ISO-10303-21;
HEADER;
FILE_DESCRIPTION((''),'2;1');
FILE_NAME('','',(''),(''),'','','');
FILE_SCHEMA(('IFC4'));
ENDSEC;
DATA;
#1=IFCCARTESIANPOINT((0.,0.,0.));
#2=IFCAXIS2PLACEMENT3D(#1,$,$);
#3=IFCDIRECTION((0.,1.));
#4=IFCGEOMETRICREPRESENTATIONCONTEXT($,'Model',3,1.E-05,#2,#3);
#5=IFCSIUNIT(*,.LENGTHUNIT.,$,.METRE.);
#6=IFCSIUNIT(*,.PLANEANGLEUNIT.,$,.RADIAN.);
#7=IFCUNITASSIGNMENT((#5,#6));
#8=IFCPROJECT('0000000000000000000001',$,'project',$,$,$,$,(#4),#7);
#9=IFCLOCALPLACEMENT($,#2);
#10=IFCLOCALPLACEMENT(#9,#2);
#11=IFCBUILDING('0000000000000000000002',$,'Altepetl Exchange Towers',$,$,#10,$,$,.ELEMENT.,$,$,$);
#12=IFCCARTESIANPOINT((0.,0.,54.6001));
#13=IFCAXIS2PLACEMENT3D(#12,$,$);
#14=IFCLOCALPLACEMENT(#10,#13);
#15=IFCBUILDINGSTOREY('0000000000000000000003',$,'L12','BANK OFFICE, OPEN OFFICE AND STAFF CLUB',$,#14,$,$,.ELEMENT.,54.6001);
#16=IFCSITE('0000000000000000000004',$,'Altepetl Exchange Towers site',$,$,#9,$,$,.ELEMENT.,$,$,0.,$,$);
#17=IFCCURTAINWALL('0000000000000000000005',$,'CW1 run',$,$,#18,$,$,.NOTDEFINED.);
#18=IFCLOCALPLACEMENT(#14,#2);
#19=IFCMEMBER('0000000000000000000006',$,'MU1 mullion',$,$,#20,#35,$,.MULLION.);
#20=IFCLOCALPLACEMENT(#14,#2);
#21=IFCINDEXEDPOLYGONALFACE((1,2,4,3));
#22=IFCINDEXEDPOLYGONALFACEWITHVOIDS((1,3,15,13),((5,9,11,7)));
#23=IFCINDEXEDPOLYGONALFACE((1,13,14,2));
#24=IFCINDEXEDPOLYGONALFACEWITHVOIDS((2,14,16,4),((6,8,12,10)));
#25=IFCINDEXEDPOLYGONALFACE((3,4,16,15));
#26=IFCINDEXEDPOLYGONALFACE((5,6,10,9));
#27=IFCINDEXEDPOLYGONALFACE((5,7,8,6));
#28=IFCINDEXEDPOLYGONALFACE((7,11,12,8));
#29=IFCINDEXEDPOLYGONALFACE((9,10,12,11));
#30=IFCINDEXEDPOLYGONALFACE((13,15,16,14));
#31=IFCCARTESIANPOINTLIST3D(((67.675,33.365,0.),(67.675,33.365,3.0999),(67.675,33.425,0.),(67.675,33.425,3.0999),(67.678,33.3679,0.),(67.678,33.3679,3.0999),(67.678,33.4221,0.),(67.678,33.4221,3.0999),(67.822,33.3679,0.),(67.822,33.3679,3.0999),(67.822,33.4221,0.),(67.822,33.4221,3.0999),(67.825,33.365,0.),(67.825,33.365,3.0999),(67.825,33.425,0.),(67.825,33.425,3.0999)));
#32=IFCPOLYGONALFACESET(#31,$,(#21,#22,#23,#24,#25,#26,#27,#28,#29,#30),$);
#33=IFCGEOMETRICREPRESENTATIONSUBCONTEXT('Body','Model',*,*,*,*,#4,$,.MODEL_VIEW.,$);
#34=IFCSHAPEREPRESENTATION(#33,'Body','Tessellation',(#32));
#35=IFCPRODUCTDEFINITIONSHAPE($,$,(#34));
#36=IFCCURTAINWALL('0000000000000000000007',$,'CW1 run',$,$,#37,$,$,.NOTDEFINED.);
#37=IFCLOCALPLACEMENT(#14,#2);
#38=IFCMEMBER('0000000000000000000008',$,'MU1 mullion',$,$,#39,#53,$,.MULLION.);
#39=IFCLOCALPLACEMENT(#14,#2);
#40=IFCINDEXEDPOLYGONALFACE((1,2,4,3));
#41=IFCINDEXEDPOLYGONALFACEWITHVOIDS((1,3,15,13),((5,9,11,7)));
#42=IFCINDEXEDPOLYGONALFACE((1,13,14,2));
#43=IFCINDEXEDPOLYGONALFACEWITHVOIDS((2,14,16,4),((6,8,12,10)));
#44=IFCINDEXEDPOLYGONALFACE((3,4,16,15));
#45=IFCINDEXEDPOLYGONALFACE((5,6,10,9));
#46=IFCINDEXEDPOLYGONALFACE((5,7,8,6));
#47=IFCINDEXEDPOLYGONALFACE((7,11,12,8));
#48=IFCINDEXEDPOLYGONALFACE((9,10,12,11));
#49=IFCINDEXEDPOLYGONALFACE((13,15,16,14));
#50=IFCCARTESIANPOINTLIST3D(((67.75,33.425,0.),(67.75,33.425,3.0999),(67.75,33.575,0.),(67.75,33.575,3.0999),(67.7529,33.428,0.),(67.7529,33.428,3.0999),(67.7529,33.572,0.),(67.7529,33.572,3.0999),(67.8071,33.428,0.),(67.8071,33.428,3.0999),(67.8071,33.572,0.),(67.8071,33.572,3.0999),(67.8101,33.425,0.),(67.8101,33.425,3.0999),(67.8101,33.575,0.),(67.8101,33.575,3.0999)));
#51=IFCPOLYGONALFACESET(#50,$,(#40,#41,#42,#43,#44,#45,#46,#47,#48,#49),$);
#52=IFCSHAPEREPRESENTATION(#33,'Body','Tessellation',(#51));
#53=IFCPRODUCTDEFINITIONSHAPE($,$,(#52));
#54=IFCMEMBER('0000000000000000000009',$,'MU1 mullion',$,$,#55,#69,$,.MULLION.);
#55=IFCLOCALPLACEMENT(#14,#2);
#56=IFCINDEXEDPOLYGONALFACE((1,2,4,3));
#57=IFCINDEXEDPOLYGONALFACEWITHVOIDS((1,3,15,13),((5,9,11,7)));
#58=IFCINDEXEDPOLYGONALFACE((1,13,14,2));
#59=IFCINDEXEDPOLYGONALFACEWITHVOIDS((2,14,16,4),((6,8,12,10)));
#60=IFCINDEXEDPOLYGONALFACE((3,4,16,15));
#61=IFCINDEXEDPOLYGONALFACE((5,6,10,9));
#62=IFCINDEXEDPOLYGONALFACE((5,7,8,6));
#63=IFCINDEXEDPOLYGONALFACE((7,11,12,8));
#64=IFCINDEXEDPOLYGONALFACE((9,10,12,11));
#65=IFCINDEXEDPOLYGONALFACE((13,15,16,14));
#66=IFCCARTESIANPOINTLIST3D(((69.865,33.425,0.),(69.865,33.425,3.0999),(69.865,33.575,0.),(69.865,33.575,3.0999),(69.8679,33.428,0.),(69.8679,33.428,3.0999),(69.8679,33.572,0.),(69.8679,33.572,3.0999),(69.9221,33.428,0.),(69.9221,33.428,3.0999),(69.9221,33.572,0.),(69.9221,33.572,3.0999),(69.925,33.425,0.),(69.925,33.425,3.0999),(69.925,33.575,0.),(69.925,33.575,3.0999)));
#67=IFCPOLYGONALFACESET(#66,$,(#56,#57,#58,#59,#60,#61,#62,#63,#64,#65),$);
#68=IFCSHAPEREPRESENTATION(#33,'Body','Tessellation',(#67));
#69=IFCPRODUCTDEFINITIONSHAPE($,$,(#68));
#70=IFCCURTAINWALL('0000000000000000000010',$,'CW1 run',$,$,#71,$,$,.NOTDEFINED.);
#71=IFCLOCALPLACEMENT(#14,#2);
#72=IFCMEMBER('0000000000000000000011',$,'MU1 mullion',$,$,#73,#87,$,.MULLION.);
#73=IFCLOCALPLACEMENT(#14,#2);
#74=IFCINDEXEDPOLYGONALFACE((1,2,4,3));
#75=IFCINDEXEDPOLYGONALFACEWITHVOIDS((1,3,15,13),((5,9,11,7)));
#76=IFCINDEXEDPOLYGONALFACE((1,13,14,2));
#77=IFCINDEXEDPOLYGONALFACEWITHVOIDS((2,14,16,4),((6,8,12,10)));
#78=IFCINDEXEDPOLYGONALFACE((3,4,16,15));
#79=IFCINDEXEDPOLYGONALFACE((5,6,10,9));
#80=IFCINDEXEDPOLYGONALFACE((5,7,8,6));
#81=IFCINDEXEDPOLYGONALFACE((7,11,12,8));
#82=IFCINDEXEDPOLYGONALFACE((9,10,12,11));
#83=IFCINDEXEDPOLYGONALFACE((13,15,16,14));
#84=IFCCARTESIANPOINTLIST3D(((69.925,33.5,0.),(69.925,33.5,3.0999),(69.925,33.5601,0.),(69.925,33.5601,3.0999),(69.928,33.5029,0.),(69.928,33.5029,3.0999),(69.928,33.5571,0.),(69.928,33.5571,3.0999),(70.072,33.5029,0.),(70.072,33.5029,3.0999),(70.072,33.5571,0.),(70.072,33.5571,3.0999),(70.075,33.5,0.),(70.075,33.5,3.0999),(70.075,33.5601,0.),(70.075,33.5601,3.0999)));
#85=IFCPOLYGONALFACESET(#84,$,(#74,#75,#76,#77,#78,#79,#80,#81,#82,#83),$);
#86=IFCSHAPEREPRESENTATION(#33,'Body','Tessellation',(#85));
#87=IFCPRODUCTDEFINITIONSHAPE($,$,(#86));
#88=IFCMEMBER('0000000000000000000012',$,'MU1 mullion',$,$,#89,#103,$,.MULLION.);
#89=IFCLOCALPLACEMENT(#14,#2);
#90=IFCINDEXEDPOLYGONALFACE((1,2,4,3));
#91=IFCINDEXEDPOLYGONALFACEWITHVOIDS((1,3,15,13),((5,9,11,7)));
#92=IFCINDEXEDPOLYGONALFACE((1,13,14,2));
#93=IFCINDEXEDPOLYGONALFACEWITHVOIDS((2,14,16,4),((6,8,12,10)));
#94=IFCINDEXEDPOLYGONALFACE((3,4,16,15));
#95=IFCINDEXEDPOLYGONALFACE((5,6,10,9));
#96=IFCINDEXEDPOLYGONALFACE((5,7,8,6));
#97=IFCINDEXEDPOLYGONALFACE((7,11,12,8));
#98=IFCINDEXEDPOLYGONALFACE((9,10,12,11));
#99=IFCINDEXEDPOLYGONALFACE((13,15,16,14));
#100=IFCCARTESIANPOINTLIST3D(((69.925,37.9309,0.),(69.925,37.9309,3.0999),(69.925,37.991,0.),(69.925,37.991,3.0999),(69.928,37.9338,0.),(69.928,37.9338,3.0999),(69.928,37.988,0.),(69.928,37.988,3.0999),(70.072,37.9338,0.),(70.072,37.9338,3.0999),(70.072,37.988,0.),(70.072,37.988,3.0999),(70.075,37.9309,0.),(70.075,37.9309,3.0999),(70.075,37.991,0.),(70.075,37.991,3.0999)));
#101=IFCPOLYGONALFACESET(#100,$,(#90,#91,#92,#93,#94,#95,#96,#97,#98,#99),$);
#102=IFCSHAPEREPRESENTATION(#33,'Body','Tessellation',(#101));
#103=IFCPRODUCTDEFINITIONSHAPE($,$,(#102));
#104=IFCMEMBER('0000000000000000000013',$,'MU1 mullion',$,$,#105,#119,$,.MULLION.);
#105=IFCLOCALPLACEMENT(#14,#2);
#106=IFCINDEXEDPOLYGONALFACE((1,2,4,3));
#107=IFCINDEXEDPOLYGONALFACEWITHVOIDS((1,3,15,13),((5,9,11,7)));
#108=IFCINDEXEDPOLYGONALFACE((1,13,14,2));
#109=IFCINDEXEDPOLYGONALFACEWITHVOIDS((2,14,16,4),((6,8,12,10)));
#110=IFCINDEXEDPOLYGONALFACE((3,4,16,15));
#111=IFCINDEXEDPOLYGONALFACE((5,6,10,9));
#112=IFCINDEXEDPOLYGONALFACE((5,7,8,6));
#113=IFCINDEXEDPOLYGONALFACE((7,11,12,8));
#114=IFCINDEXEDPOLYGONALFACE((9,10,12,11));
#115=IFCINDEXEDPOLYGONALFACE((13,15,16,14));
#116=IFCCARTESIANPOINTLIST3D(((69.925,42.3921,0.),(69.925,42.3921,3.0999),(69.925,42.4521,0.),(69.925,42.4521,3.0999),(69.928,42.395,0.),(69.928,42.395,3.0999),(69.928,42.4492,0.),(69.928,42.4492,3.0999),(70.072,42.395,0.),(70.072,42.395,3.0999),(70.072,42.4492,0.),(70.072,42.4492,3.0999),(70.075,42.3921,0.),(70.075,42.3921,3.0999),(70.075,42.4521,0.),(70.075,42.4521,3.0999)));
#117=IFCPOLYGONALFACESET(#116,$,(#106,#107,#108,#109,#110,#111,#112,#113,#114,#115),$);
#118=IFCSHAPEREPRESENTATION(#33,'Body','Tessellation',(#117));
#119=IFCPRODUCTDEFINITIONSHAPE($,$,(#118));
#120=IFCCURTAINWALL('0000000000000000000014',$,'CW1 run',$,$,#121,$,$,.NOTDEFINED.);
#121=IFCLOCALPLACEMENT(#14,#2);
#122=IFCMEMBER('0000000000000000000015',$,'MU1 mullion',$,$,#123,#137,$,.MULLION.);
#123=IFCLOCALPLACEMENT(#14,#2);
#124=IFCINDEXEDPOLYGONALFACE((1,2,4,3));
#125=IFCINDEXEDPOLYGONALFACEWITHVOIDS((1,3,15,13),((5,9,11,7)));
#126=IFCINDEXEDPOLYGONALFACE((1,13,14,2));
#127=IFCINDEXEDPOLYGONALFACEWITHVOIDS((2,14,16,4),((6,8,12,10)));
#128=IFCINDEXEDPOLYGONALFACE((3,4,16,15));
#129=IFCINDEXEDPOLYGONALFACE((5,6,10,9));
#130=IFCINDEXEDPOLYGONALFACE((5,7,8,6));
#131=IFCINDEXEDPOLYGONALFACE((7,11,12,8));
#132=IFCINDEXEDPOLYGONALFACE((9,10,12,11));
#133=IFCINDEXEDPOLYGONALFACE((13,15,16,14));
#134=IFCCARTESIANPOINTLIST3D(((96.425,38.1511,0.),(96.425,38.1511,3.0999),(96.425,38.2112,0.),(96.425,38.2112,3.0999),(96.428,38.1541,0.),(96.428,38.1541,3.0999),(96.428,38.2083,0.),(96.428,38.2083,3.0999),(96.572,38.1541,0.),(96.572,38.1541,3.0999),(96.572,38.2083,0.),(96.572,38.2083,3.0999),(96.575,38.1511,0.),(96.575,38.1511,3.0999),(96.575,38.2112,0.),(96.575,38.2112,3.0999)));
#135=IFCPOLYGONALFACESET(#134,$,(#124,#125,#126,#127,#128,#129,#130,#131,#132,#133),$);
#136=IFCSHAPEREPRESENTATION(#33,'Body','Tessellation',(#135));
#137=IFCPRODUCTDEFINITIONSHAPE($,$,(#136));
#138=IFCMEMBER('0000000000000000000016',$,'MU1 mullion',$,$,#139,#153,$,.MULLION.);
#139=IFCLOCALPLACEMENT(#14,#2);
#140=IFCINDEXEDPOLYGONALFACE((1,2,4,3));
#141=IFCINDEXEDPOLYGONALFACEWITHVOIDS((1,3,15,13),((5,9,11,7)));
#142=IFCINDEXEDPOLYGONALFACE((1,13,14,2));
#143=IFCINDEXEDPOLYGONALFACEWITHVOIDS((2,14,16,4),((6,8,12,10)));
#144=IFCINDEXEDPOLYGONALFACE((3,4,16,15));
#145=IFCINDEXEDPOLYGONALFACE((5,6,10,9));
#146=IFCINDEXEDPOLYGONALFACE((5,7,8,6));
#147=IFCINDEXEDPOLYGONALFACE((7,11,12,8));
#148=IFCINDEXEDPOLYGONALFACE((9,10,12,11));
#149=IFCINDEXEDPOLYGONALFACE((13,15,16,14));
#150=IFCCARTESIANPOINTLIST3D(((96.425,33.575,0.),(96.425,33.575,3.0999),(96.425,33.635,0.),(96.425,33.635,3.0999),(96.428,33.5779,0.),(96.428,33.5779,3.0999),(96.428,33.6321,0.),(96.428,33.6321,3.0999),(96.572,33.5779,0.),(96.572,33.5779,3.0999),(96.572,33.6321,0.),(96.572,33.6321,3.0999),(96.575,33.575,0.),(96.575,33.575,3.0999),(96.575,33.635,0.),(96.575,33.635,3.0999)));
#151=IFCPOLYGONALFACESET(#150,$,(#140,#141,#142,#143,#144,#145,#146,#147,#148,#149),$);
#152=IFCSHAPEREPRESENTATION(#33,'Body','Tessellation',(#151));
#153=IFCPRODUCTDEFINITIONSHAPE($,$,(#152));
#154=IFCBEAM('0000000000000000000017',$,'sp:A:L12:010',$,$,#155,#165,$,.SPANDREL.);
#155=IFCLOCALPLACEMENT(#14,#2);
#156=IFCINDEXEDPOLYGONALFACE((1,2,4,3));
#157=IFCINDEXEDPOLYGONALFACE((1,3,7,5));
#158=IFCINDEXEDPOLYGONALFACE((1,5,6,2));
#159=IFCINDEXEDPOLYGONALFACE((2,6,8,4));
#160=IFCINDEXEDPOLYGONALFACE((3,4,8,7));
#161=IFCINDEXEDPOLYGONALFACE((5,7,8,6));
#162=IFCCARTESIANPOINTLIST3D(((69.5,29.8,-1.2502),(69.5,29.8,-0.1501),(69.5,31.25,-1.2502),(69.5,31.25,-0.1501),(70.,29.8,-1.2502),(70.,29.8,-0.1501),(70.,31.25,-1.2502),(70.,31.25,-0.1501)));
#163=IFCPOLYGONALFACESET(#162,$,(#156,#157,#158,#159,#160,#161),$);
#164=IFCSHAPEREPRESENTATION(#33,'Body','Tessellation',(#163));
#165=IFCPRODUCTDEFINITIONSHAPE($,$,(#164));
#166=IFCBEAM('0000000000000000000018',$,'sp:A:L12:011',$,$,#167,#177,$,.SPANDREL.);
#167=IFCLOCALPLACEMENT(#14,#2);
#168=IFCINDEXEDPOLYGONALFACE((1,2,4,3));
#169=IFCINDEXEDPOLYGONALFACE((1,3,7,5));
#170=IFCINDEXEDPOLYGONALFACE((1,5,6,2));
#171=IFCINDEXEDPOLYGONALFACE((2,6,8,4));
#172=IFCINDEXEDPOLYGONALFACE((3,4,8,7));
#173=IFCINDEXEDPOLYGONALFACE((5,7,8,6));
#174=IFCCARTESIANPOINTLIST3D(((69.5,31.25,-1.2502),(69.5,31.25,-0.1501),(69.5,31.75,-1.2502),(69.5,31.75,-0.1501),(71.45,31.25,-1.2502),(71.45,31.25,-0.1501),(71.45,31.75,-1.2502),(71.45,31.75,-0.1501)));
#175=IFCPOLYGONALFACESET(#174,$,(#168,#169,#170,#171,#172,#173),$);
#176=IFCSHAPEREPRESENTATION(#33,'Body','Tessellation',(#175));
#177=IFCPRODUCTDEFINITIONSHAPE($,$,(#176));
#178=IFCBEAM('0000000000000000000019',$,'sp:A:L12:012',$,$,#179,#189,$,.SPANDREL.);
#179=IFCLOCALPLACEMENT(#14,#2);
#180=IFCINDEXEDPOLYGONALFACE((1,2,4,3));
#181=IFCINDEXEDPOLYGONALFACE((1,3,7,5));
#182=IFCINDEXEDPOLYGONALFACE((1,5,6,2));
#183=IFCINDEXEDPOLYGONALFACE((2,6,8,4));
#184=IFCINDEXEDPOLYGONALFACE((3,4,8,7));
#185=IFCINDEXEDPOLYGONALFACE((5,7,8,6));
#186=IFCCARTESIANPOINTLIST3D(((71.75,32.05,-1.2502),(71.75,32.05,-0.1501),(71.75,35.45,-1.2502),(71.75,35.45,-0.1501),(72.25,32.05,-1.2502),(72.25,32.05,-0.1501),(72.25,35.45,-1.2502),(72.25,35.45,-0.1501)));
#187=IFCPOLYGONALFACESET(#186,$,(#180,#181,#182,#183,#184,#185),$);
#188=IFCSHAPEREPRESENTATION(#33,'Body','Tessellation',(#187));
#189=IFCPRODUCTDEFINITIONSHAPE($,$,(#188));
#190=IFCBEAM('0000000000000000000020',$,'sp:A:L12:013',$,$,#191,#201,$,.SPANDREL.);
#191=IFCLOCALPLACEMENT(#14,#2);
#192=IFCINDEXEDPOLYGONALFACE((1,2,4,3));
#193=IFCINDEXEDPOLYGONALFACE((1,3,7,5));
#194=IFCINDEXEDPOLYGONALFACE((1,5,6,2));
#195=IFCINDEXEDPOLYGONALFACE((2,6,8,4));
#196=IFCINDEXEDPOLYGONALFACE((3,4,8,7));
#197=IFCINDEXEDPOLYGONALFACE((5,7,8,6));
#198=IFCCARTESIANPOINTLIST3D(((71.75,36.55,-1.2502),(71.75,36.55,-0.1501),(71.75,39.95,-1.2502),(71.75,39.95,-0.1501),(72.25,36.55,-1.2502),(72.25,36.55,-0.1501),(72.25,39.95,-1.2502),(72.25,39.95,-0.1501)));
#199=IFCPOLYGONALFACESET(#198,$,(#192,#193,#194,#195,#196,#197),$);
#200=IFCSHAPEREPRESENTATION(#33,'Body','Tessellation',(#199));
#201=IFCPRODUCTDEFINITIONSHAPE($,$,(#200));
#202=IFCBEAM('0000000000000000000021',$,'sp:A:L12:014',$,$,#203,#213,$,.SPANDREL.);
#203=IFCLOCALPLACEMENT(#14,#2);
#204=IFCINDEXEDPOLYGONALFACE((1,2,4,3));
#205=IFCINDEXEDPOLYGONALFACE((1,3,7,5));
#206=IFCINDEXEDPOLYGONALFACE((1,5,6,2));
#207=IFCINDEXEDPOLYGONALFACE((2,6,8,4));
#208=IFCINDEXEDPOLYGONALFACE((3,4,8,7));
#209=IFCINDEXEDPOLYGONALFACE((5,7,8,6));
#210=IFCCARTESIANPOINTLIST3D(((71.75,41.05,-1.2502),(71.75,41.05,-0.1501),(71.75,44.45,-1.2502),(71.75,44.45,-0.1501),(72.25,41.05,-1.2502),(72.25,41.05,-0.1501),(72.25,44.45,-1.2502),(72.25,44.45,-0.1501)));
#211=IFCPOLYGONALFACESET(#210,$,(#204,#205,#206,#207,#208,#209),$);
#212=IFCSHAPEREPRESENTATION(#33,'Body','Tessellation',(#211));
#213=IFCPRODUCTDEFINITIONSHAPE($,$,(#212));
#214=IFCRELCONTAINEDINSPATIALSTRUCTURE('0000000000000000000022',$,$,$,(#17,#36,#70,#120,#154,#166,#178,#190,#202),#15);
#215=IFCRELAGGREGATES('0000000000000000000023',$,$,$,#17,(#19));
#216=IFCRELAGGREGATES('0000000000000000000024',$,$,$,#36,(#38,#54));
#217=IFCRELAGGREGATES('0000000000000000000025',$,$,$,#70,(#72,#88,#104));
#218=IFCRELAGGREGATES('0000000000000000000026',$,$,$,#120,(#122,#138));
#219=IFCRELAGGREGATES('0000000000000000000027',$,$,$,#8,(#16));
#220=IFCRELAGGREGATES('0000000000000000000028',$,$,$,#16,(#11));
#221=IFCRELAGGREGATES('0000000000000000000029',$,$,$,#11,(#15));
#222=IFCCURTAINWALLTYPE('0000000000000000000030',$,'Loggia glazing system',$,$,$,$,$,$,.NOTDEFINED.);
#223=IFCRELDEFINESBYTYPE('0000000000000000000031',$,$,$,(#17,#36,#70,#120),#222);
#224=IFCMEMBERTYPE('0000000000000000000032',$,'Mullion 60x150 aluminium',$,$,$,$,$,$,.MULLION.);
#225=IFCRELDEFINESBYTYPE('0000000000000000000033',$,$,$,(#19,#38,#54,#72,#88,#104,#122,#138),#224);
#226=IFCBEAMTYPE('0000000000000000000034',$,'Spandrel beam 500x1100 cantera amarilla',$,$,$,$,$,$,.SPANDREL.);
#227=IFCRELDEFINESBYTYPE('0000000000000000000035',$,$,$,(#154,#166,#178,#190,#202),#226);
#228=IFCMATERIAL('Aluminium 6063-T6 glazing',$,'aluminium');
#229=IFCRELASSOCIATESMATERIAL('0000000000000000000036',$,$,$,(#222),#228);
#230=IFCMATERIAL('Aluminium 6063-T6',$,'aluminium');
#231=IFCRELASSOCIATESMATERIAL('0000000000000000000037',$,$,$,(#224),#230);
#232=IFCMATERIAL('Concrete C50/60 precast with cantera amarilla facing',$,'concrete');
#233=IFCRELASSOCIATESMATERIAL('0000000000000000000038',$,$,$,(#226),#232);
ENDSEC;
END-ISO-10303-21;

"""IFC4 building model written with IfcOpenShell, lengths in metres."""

from ifc_helpers import new_model, si_unit, direction, frame, origin, origin_2d, place, context, subcontext, project, spatial, rectangle, hollow_rectangle, extrude, material, material_profile, profile_set, type_object, element, aggregate, save


model = new_model("IFC4")

# Units and contexts
model_context = context("Model", 3, precision=1e-05, world=origin(), true_north=direction((0.0, 1.0)))
body_context = subcontext(model_context, "Body", "Model", "MODEL_VIEW")
ifc_project = project(units=[si_unit("LENGTHUNIT", "METRE"), si_unit("PLANEANGLEUNIT", "RADIAN")], contexts=[model_context])

# Site, building, storey
site_placement = place(None, origin())
site = spatial("IfcSite", under=ifc_project, at=site_placement, Name="Altepetl Exchange Towers site", CompositionType="ELEMENT", RefElevation=0.0)
building_placement = place(site_placement, origin())
building = spatial("IfcBuilding", under=site, at=building_placement, Name="Altepetl Exchange Towers", CompositionType="ELEMENT")
storey_placement = place(building_placement, frame((0.0, 0.0, 54.6001)))
storey = spatial("IfcBuildingStorey", under=building, at=storey_placement, Name="L12", Description="BANK OFFICE, OPEN OFFICE AND STAFF CLUB", CompositionType="ELEMENT", Elevation=54.6001)

# Shared definitions
ifc_material_1 = material(Name="Aluminium 6063-T6 glazing", Category="aluminium")
curtain_wall_type = type_object("IfcCurtainWallType", Name="Loggia glazing system", PredefinedType="NOTDEFINED", material=ifc_material_1)
ifc_material_2 = material(Name="Aluminium 6063-T6", Category="aluminium")
ifc_material_profile_1 = material_profile(ifc_material_2, hollow_rectangle(XDim=0.0601, YDim=0.1499, WallThickness=0.0029, at=origin_2d()), Name="Mullion 60x150 aluminium")
ifc_profile_set_1 = profile_set([ifc_material_profile_1], Name="Aluminium 6063-T6")
member_type = type_object("IfcMemberType", Name="Mullion 60x150 aluminium", PredefinedType="MULLION", material=ifc_profile_set_1)

# Curtain walls, members
curtain_wall_1_placement = place(storey_placement, origin())
curtain_wall_1 = element("IfcCurtainWall", 1, at=curtain_wall_1_placement, inside=storey, type_object=curtain_wall_type, Name="CW1 run", PredefinedType="NOTDEFINED")
member_1_placement = place(storey_placement, frame((67.75, 33.395, 0.0), z_axis=(0.0, 0.0, 1.0), x_axis=(0.0, 1.0, 0.0)))
member_1 = element("IfcMember", 2, at=member_1_placement, type_object=member_type, Name="MU1 mullion", PredefinedType="MULLION", context=body_context, shape_type="SweptSolid", body=[
    extrude(hollow_rectangle(XDim=0.0601, YDim=0.1499, WallThickness=0.0029, at=origin_2d()), origin(), (0.0, 0.0, 1.0), 3.0999),
])
curtain_wall_2_placement = place(storey_placement, origin())
curtain_wall_2 = element("IfcCurtainWall", 3, at=curtain_wall_2_placement, inside=storey, type_object=curtain_wall_type, Name="CW1 run", PredefinedType="NOTDEFINED")
member_2_placement = place(storey_placement, frame((67.78, 33.5, 0.0)))
member_2 = element("IfcMember", 4, at=member_2_placement, type_object=member_type, Name="MU1 mullion", PredefinedType="MULLION", context=body_context, shape_type="SweptSolid", body=[
    extrude(hollow_rectangle(XDim=0.0601, YDim=0.1499, WallThickness=0.0029, at=origin_2d()), origin(), (0.0, 0.0, 1.0), 3.0999),
])
member_3_placement = place(storey_placement, frame((69.895, 33.5, 0.0)))
member_3 = element("IfcMember", 5, at=member_3_placement, type_object=member_type, Name="MU1 mullion", PredefinedType="MULLION", context=body_context, shape_type="SweptSolid", body=[
    extrude(hollow_rectangle(XDim=0.0601, YDim=0.1499, WallThickness=0.0029, at=origin_2d()), origin(), (0.0, 0.0, 1.0), 3.0999),
])
curtain_wall_3_placement = place(storey_placement, origin())
curtain_wall_3 = element("IfcCurtainWall", 6, at=curtain_wall_3_placement, inside=storey, type_object=curtain_wall_type, Name="CW1 run", PredefinedType="NOTDEFINED")
member_4_placement = place(storey_placement, frame((70.0, 33.53, 0.0), z_axis=(0.0, 0.0, 1.0), x_axis=(0.0, 1.0, 0.0)))
member_4 = element("IfcMember", 7, at=member_4_placement, type_object=member_type, Name="MU1 mullion", PredefinedType="MULLION", context=body_context, shape_type="SweptSolid", body=[
    extrude(hollow_rectangle(XDim=0.0601, YDim=0.1499, WallThickness=0.0029, at=origin_2d()), origin(), (0.0, 0.0, 1.0), 3.0999),
])
member_5_placement = place(storey_placement, frame((70.0, 37.9609, 0.0), z_axis=(0.0, 0.0, 1.0), x_axis=(0.0, 1.0, 0.0)))
member_5 = element("IfcMember", 8, at=member_5_placement, type_object=member_type, Name="MU1 mullion", PredefinedType="MULLION", context=body_context, shape_type="SweptSolid", body=[
    extrude(hollow_rectangle(XDim=0.0601, YDim=0.1499, WallThickness=0.0029, at=origin_2d()), origin(), (0.0, 0.0, 1.0), 3.0999),
])
member_6_placement = place(storey_placement, frame((70.0, 42.4221, 0.0), z_axis=(0.0, 0.0, 1.0), x_axis=(0.0, 1.0, 0.0)))
member_6 = element("IfcMember", 9, at=member_6_placement, type_object=member_type, Name="MU1 mullion", PredefinedType="MULLION", context=body_context, shape_type="SweptSolid", body=[
    extrude(hollow_rectangle(XDim=0.0601, YDim=0.1499, WallThickness=0.0029, at=origin_2d()), origin(), (0.0, 0.0, 1.0), 3.0999),
])
curtain_wall_4_placement = place(storey_placement, origin())
curtain_wall_4 = element("IfcCurtainWall", 10, at=curtain_wall_4_placement, inside=storey, type_object=curtain_wall_type, Name="CW1 run", PredefinedType="NOTDEFINED")
member_7_placement = place(storey_placement, frame((96.5, 38.1812, 0.0), z_axis=(0.0, 0.0, 1.0), x_axis=(0.0, -1.0, 0.0)))
member_7 = element("IfcMember", 11, at=member_7_placement, type_object=member_type, Name="MU1 mullion", PredefinedType="MULLION", context=body_context, shape_type="SweptSolid", body=[
    extrude(hollow_rectangle(XDim=0.0601, YDim=0.1499, WallThickness=0.0029, at=origin_2d()), origin(), (0.0, 0.0, 1.0), 3.0999),
])
member_8_placement = place(storey_placement, frame((96.5, 33.605, 0.0), z_axis=(0.0, 0.0, 1.0), x_axis=(0.0, -1.0, 0.0)))
member_8 = element("IfcMember", 12, at=member_8_placement, type_object=member_type, Name="MU1 mullion", PredefinedType="MULLION", context=body_context, shape_type="SweptSolid", body=[
    extrude(hollow_rectangle(XDim=0.0601, YDim=0.1499, WallThickness=0.0029, at=origin_2d()), origin(), (0.0, 0.0, 1.0), 3.0999),
])

# Beams
ifc_material_3 = material(Name="Concrete C50/60 precast with cantera amarilla facing", Category="concrete")
ifc_material_profile_2 = material_profile(ifc_material_3, rectangle(XDim=0.5, YDim=1.1001, at=origin_2d()), Name="500 x 1100")
ifc_profile_set_2 = profile_set([ifc_material_profile_2], Name="Concrete C50/60 precast with cantera amarilla facing")
beam_type_1 = type_object("IfcBeamType", Name="Spandrel beam 500x1100 cantera amarilla", PredefinedType="SPANDREL", material=ifc_profile_set_2)
beam_1_placement = place(storey_placement, frame((69.75, 29.8, -0.7002), z_axis=(0.0, 1.0, 0.0), x_axis=(-1.0, 0.0, 0.0)))
element("IfcBeam", 13, at=beam_1_placement, inside=storey, type_object=beam_type_1, Name="sp:A:L12:010", PredefinedType="SPANDREL", context=body_context, shape_type="SweptSolid", body=[
    extrude(rectangle(XDim=0.5, YDim=1.1001, at=origin_2d()), origin(), (0.0, 0.0, 1.0), 1.45),
])
beam_2_placement = place(storey_placement, frame((69.5, 31.5, -0.7002), z_axis=(1.0, 0.0, 0.0), x_axis=(0.0, 1.0, 0.0)))
element("IfcBeam", 14, at=beam_2_placement, inside=storey, type_object=beam_type_1, Name="sp:A:L12:011", PredefinedType="SPANDREL", context=body_context, shape_type="SweptSolid", body=[
    extrude(rectangle(XDim=0.5, YDim=1.1001, at=origin_2d()), origin(), (0.0, 0.0, 1.0), 1.95),
])
for number, where, z_axis, x_axis, name in (
    (15, (72.0, 32.05, -0.7002), (0.0, 1.0, 0.0), (-1.0, 0.0, 0.0), "sp:A:L12:012"),
    (16, (72.0, 36.55, -0.7002), (0.0, 1.0, 0.0), (-1.0, 0.0, 0.0), "sp:A:L12:013"),
    (17, (72.0, 41.05, -0.7002), (0.0, 1.0, 0.0), (-1.0, 0.0, 0.0), "sp:A:L12:014"),
):
    element("IfcBeam", number, at=place(storey_placement, frame(where, z_axis=z_axis, x_axis=x_axis)), inside=storey, type_object=beam_type_1, Name=name, PredefinedType="SPANDREL", context=body_context, shape_type="SweptSolid", body=[
        extrude(rectangle(XDim=0.5, YDim=1.1001, at=origin_2d()), origin(), (0.0, 0.0, 1.0), 3.3999),
    ])

aggregate(curtain_wall_1, [member_1])
aggregate(curtain_wall_2, [member_2, member_3])
aggregate(curtain_wall_3, [member_4, member_5, member_6])
aggregate(curtain_wall_4, [member_7, member_8])

save(model, "model.ifc")
